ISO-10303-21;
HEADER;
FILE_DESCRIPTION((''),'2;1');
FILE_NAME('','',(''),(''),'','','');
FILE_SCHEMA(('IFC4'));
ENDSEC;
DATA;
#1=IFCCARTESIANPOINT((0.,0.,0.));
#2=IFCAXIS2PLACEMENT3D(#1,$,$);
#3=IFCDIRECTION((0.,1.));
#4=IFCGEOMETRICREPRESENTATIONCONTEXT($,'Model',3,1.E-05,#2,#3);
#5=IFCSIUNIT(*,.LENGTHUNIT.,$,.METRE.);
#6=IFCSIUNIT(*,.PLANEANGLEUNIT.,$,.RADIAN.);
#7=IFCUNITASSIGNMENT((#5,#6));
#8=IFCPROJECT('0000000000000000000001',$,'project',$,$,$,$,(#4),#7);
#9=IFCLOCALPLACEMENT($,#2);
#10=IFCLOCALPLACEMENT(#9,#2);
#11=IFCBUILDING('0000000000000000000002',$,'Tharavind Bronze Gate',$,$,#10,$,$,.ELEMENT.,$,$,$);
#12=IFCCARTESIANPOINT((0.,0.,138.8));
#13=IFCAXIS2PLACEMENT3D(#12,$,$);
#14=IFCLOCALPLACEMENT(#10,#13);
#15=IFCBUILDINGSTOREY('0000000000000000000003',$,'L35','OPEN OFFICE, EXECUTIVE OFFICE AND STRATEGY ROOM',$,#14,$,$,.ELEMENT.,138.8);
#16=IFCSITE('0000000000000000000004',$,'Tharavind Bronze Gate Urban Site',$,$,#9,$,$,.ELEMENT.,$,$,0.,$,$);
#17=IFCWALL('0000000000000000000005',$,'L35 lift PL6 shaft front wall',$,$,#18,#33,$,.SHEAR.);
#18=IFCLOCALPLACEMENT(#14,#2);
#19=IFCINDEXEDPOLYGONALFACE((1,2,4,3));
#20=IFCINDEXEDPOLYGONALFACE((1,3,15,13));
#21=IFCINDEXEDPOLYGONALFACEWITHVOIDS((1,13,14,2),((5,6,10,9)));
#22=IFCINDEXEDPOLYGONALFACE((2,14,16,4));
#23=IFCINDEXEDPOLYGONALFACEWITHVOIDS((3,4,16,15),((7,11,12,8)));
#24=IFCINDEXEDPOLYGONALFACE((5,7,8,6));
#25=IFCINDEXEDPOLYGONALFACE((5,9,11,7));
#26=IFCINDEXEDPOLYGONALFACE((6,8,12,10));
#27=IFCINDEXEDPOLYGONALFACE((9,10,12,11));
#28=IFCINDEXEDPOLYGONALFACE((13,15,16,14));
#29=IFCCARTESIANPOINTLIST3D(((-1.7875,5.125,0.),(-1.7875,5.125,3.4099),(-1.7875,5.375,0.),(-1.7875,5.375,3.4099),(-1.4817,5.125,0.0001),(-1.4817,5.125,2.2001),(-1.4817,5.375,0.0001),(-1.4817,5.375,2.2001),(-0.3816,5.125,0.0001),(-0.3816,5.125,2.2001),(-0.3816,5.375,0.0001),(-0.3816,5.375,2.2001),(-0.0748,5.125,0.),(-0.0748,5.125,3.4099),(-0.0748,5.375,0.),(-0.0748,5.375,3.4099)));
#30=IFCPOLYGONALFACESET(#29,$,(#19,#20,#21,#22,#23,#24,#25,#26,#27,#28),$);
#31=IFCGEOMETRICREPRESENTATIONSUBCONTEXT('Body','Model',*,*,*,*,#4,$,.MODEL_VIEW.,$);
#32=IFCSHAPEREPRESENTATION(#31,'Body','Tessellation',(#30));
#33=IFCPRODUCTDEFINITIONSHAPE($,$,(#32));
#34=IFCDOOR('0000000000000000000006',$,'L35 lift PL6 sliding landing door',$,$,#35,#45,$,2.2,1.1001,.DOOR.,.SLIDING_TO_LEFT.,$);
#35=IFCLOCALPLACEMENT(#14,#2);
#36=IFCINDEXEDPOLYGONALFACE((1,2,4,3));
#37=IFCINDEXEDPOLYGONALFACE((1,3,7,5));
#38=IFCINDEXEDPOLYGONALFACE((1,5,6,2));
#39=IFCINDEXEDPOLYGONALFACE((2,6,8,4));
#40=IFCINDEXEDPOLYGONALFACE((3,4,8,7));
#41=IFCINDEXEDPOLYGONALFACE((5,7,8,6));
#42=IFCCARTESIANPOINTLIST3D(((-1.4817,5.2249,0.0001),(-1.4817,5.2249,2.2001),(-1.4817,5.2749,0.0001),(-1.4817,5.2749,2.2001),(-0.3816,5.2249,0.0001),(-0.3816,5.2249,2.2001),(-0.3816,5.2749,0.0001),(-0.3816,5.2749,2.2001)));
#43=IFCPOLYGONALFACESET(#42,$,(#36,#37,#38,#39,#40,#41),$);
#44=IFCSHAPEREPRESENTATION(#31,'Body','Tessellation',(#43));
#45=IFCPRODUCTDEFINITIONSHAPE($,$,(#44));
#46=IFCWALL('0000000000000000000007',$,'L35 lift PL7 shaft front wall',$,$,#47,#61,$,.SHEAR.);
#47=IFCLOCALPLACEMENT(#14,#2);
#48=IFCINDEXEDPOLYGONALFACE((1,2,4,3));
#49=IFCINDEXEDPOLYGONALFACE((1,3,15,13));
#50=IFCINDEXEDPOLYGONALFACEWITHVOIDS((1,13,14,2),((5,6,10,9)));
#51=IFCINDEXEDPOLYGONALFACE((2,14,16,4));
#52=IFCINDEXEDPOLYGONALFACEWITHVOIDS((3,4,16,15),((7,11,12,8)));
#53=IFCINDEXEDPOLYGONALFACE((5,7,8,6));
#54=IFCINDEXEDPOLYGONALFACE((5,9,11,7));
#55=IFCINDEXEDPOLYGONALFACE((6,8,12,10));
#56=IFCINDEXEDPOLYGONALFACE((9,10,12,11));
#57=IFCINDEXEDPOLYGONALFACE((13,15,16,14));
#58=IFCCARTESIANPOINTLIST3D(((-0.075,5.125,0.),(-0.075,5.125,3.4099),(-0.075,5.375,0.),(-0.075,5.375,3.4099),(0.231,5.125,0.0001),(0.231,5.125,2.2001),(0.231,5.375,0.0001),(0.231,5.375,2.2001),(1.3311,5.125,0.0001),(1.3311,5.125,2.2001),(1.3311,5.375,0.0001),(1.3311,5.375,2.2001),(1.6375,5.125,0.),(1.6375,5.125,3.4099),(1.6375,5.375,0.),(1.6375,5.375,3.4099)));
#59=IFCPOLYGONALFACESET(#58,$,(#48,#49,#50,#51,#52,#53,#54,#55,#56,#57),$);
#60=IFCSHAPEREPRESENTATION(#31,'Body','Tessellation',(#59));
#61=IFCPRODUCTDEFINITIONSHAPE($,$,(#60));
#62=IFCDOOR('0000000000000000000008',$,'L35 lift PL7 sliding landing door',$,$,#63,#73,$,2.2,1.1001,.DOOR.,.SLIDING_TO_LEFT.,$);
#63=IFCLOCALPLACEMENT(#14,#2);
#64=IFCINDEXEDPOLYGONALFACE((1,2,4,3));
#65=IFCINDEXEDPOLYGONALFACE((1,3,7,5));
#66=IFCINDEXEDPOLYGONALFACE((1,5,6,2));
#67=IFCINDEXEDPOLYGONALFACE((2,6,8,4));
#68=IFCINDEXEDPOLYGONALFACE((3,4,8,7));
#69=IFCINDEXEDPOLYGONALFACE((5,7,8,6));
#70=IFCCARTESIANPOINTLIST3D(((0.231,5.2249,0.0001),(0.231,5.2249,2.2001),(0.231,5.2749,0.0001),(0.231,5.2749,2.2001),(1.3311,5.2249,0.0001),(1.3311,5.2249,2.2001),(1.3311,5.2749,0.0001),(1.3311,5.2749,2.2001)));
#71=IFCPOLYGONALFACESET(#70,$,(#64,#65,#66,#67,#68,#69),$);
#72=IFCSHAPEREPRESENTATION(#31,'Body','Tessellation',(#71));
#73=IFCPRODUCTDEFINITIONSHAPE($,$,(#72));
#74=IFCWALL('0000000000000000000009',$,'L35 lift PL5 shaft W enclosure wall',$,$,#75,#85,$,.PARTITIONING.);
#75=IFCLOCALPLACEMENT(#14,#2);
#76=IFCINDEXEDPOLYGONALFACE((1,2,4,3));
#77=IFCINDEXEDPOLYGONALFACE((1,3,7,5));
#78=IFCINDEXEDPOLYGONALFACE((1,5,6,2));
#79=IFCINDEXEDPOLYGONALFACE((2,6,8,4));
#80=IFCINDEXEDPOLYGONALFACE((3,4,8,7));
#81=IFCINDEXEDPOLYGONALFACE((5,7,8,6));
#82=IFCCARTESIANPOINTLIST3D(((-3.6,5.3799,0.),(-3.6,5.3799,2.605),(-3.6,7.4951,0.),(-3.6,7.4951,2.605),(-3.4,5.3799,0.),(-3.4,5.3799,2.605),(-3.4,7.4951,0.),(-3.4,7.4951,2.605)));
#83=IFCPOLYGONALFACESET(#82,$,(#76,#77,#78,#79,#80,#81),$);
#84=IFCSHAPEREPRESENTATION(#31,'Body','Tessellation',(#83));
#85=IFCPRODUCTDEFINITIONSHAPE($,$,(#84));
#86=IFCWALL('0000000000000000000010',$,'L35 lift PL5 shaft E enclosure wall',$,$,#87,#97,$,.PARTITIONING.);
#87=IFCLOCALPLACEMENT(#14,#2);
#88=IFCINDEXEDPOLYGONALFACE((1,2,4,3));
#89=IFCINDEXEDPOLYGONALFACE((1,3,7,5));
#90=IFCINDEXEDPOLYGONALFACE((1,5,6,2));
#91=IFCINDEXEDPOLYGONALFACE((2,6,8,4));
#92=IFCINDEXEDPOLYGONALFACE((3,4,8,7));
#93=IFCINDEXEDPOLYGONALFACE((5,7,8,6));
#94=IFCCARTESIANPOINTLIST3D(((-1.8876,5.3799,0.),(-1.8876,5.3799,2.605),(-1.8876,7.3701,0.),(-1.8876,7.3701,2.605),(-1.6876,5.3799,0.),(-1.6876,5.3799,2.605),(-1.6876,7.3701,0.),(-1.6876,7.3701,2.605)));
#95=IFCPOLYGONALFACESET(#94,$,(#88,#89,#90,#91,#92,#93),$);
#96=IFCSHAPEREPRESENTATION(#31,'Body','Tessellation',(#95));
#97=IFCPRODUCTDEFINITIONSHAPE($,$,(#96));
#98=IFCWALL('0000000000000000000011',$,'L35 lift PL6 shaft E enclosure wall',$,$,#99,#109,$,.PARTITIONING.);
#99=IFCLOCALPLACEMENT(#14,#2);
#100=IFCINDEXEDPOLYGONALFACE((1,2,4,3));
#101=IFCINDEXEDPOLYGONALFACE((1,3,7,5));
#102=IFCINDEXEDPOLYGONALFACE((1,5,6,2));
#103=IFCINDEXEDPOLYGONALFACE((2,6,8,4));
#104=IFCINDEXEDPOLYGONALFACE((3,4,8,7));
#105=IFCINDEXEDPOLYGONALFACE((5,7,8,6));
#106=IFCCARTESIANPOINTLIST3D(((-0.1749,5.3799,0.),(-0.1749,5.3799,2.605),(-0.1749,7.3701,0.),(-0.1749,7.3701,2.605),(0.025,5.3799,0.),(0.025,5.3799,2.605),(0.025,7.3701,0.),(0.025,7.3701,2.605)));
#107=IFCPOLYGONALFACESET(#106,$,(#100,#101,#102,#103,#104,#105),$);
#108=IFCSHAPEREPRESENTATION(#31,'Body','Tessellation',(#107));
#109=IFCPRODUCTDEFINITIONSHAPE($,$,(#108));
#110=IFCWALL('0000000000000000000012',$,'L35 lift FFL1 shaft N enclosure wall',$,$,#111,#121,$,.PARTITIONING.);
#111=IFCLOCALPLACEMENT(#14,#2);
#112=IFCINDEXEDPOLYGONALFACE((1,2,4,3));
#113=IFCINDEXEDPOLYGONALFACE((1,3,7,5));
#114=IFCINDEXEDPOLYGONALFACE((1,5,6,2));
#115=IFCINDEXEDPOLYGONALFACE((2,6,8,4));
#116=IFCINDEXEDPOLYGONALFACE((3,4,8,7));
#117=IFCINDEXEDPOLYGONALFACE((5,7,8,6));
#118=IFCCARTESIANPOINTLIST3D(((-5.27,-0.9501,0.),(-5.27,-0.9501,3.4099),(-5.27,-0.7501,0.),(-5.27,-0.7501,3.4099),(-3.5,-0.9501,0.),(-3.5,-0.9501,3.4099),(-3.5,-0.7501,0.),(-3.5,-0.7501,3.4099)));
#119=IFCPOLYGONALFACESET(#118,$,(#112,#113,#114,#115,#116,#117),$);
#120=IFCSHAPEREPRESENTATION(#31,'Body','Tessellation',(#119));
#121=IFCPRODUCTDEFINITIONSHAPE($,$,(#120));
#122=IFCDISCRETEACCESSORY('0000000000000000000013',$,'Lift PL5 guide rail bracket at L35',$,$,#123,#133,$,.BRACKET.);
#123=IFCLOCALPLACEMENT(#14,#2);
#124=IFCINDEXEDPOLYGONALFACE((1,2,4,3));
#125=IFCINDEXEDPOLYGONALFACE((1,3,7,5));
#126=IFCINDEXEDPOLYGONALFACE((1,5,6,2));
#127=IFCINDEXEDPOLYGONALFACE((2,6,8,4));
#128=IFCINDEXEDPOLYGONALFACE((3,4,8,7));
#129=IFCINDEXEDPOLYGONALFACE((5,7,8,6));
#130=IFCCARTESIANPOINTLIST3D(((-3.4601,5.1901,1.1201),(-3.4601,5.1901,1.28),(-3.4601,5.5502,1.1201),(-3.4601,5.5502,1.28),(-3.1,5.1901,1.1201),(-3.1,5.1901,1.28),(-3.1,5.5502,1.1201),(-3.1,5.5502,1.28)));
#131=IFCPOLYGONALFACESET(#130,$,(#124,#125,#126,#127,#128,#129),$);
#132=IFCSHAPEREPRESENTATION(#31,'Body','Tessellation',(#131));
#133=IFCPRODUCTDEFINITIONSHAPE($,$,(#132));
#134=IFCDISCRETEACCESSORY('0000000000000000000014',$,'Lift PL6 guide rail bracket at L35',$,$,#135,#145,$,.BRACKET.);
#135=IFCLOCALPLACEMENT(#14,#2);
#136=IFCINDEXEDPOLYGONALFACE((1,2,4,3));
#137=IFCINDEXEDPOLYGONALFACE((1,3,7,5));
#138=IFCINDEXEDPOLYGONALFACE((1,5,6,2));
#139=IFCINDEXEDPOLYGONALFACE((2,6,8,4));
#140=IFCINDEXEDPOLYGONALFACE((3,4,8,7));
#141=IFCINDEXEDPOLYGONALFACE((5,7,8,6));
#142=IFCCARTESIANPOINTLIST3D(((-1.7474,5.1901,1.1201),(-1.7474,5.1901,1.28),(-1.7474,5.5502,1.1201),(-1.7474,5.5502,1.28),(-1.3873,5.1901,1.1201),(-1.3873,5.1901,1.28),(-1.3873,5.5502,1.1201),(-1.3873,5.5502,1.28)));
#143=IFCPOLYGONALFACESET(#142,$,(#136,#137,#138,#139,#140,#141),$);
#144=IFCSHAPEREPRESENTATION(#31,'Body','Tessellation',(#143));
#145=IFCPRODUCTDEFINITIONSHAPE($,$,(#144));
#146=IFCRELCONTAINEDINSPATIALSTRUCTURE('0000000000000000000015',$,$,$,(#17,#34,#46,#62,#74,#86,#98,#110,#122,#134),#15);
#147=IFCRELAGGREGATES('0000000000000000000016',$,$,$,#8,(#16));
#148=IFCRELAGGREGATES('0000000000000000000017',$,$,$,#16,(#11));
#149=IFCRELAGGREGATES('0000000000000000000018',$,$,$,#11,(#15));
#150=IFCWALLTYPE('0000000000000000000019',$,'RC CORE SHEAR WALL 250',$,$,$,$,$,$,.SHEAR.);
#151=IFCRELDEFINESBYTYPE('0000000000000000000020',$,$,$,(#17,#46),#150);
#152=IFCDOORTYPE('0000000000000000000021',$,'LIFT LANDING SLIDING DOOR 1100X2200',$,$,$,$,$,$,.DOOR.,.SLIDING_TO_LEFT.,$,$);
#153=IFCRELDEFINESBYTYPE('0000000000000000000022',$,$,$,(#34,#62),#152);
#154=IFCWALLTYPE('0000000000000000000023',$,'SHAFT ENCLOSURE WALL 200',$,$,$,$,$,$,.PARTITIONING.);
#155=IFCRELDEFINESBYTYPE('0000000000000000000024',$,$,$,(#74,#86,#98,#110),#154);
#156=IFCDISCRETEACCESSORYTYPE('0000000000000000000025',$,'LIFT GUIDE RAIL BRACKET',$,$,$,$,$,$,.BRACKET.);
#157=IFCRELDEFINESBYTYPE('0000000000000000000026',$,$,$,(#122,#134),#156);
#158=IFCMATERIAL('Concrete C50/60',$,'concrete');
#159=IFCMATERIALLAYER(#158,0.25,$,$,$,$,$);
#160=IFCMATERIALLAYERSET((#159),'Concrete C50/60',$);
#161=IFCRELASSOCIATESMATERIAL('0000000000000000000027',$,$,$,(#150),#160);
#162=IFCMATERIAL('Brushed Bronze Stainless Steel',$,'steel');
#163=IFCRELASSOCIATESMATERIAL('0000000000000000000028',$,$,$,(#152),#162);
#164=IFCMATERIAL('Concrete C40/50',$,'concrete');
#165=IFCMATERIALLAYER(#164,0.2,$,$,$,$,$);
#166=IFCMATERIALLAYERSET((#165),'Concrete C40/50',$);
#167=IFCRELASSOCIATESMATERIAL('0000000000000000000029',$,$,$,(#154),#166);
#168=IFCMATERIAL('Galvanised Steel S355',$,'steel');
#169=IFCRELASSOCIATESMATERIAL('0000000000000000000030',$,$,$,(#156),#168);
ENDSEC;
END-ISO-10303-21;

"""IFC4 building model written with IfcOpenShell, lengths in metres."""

from ifc_helpers import new_model, si_unit, direction, frame, frame_2d, origin, origin_2d, place, context, subcontext, project, spatial, rectangle, extrude, material, layer, layer_set, type_object, element, fill, save


model = new_model("IFC4")

# Units and contexts
model_context = context("Model", 3, precision=1e-05, world=origin(), true_north=direction((0.0, 1.0)))
body_context = subcontext(model_context, "Body", "Model", "MODEL_VIEW")
ifc_project = project(units=[si_unit("LENGTHUNIT", "METRE"), si_unit("PLANEANGLEUNIT", "RADIAN")], contexts=[model_context])

# Site, building, storey
site_placement = place(None, origin())
site = spatial("IfcSite", under=ifc_project, at=site_placement, Name="Tharavind Bronze Gate Urban Site", CompositionType="ELEMENT", RefElevation=0.0)
building_placement = place(site_placement, origin())
building = spatial("IfcBuilding", under=site, at=building_placement, Name="Tharavind Bronze Gate", CompositionType="ELEMENT")
storey_placement = place(building_placement, frame((0.0, 0.0, 138.8)))
storey = spatial("IfcBuildingStorey", under=building, at=storey_placement, Name="L35", Description="OPEN OFFICE, EXECUTIVE OFFICE AND STRATEGY ROOM", CompositionType="ELEMENT", Elevation=138.8)

# Shared definitions
ifc_material_1 = material(Name="Concrete C40/50", Category="concrete")

# Walls, openings, doors
ifc_material_2 = material(Name="Concrete C50/60", Category="concrete")
ifc_layer_1 = layer(ifc_material_2, 0.25)
ifc_layer_set_1 = layer_set([ifc_layer_1], Name="Concrete C50/60")
wall_type_1 = type_object("IfcWallType", Name="RC CORE SHEAR WALL 250", PredefinedType="SHEAR", material=ifc_layer_set_1)
ifc_material_3 = material(Name="Brushed Bronze Stainless Steel", Category="steel")
door_type_1 = type_object("IfcDoorType", Name="LIFT LANDING SLIDING DOOR 1100X2200", OperationType="SLIDING_TO_LEFT", PredefinedType="DOOR", material=ifc_material_3)
wall_1_placement = place(storey_placement, frame((-1.7876, 5.25, 0.0), z_axis=(0.0, 0.0, 1.0), x_axis=(1.0, 0.0, 0.0)))
wall_1 = element("IfcWall", 1, at=wall_1_placement, inside=storey, type_object=wall_type_1, Name="L35 lift PL6 shaft front wall", PredefinedType="SHEAR", context=body_context, shape_type="SweptSolid", body=[
    extrude(rectangle(XDim=1.7126, YDim=0.25, at=frame_2d((0.8564, 0.0))), origin(), (0.0, 0.0, 1.0), 3.4099),
])
opening_1_placement = place(wall_1_placement, frame((0.3059, 0.0, 0.0)))
opening_1 = element("IfcOpeningElement", 2, at=opening_1_placement, cuts=wall_1, PredefinedType="OPENING", context=body_context, shape_type="SweptSolid", body=[
    extrude(rectangle(XDim=1.1001, YDim=2.2, at=frame_2d((0.55, 1.1001))), frame((0.0, 0.135, 0.0), z_axis=(0.0, -1.0, 0.0), x_axis=(1.0, 0.0, 0.0)), (0.0, 0.0, 1.0), 0.27),
])
door_1_placement = place(opening_1_placement, origin())
door_1 = element("IfcDoor", 3, at=door_1_placement, inside=storey, type_object=door_type_1, Name="L35 lift PL6 sliding landing door", OperationType="SLIDING_TO_LEFT", OverallHeight=2.2, OverallWidth=1.1001, PredefinedType="DOOR", context=body_context, shape_type="SweptSolid", body=[
    extrude(rectangle(XDim=1.1001, YDim=2.2, at=frame_2d((0.55, 1.1001))), frame((0.0, 0.0249, 0.0), z_axis=(0.0, -1.0, 0.0), x_axis=(1.0, 0.0, 0.0)), (0.0, 0.0, 1.0), 0.05),
])
fill(opening_1, door_1)
wall_2_placement = place(storey_placement, frame((-0.075, 5.25, 0.0), z_axis=(0.0, 0.0, 1.0), x_axis=(1.0, 0.0, 0.0)))
wall_2 = element("IfcWall", 4, at=wall_2_placement, inside=storey, type_object=wall_type_1, Name="L35 lift PL7 shaft front wall", PredefinedType="SHEAR", context=body_context, shape_type="SweptSolid", body=[
    extrude(rectangle(XDim=1.7124, YDim=0.25, at=frame_2d((0.8562, 0.0))), origin(), (0.0, 0.0, 1.0), 3.4099),
])
opening_2_placement = place(wall_2_placement, frame((0.3059, 0.0, 0.0)))
opening_2 = element("IfcOpeningElement", 5, at=opening_2_placement, cuts=wall_2, PredefinedType="OPENING", context=body_context, shape_type="SweptSolid", body=[
    extrude(rectangle(XDim=1.1001, YDim=2.2, at=frame_2d((0.55, 1.1001))), frame((0.0, 0.135, 0.0), z_axis=(0.0, -1.0, 0.0), x_axis=(1.0, 0.0, 0.0)), (0.0, 0.0, 1.0), 0.27),
])
door_2_placement = place(opening_2_placement, origin())
door_2 = element("IfcDoor", 6, at=door_2_placement, inside=storey, type_object=door_type_1, Name="L35 lift PL7 sliding landing door", OperationType="SLIDING_TO_LEFT", OverallHeight=2.2, OverallWidth=1.1001, PredefinedType="DOOR", context=body_context, shape_type="SweptSolid", body=[
    extrude(rectangle(XDim=1.1001, YDim=2.2, at=frame_2d((0.55, 1.1001))), frame((0.0, 0.0249, 0.0), z_axis=(0.0, -1.0, 0.0), x_axis=(1.0, 0.0, 0.0)), (0.0, 0.0, 1.0), 0.05),
])
fill(opening_2, door_2)

# Walls
ifc_layer_2 = layer(ifc_material_1, 0.2)
ifc_layer_set_2 = layer_set([ifc_layer_2], Name="Concrete C40/50")
wall_type_2 = type_object("IfcWallType", Name="SHAFT ENCLOSURE WALL 200", PredefinedType="PARTITIONING", material=ifc_layer_set_2)
wall_3_placement = place(storey_placement, frame((-3.5, 5.3799, 0.0), z_axis=(0.0, 0.0, 1.0), x_axis=(0.0, 1.0, 0.0)))
element("IfcWall", 7, at=wall_3_placement, inside=storey, type_object=wall_type_2, Name="L35 lift PL5 shaft W enclosure wall", PredefinedType="PARTITIONING", context=body_context, shape_type="SweptSolid", body=[
    extrude(rectangle(XDim=2.1152, YDim=0.2, at=frame_2d((1.0576, 0.0))), origin(), (0.0, 0.0, 1.0), 2.605),
])
for number, where, z_axis, x_axis, name in (
    (8, (-1.7876, 5.3799, 0.0), (0.0, 0.0, 1.0), (0.0, 1.0, 0.0), "L35 lift PL5 shaft E enclosure wall"),
    (9, (-0.075, 5.3799, 0.0), (0.0, 0.0, 1.0), (0.0, 1.0, 0.0), "L35 lift PL6 shaft E enclosure wall"),
):
    element("IfcWall", number, at=place(storey_placement, frame(where, z_axis=z_axis, x_axis=x_axis)), inside=storey, type_object=wall_type_2, Name=name, PredefinedType="PARTITIONING", context=body_context, shape_type="SweptSolid", body=[
        extrude(rectangle(XDim=1.9902, YDim=0.2, at=frame_2d((0.9951, 0.0))), origin(), (0.0, 0.0, 1.0), 2.605),
    ])
wall_4_placement = place(storey_placement, frame((-5.27, -0.8501, 0.0), z_axis=(0.0, 0.0, 1.0), x_axis=(1.0, 0.0, 0.0)))
element("IfcWall", 10, at=wall_4_placement, inside=storey, type_object=wall_type_2, Name="L35 lift FFL1 shaft N enclosure wall", PredefinedType="PARTITIONING", context=body_context, shape_type="SweptSolid", body=[
    extrude(rectangle(XDim=1.77, YDim=0.2, at=frame_2d((0.885, 0.0))), origin(), (0.0, 0.0, 1.0), 3.4099),
])

# Discrete accessories
ifc_material_4 = material(Name="Galvanised Steel S355", Category="steel")
discrete_accessory_type = type_object("IfcDiscreteAccessoryType", Name="LIFT GUIDE RAIL BRACKET", PredefinedType="BRACKET", material=ifc_material_4)
for number, where, z_axis, x_axis, name in (
    (11, (-3.28, 5.3701, 1.1201), (0.0, 0.0, 1.0), (1.0, 0.0, 0.0), "Lift PL5 guide rail bracket at L35"),
    (12, (-1.5674, 5.3701, 1.1201), (0.0, 0.0, 1.0), (1.0, 0.0, 0.0), "Lift PL6 guide rail bracket at L35"),
):
    element("IfcDiscreteAccessory", number, at=place(storey_placement, frame(where, z_axis=z_axis, x_axis=x_axis)), inside=storey, type_object=discrete_accessory_type, Name=name, PredefinedType="BRACKET", context=body_context, shape_type="SweptSolid", body=[
        extrude(rectangle(XDim=0.3601, YDim=0.3601, at=origin_2d()), origin(), (0.0, 0.0, 1.0), 0.1599),
    ])

save(model, "model.ifc")
